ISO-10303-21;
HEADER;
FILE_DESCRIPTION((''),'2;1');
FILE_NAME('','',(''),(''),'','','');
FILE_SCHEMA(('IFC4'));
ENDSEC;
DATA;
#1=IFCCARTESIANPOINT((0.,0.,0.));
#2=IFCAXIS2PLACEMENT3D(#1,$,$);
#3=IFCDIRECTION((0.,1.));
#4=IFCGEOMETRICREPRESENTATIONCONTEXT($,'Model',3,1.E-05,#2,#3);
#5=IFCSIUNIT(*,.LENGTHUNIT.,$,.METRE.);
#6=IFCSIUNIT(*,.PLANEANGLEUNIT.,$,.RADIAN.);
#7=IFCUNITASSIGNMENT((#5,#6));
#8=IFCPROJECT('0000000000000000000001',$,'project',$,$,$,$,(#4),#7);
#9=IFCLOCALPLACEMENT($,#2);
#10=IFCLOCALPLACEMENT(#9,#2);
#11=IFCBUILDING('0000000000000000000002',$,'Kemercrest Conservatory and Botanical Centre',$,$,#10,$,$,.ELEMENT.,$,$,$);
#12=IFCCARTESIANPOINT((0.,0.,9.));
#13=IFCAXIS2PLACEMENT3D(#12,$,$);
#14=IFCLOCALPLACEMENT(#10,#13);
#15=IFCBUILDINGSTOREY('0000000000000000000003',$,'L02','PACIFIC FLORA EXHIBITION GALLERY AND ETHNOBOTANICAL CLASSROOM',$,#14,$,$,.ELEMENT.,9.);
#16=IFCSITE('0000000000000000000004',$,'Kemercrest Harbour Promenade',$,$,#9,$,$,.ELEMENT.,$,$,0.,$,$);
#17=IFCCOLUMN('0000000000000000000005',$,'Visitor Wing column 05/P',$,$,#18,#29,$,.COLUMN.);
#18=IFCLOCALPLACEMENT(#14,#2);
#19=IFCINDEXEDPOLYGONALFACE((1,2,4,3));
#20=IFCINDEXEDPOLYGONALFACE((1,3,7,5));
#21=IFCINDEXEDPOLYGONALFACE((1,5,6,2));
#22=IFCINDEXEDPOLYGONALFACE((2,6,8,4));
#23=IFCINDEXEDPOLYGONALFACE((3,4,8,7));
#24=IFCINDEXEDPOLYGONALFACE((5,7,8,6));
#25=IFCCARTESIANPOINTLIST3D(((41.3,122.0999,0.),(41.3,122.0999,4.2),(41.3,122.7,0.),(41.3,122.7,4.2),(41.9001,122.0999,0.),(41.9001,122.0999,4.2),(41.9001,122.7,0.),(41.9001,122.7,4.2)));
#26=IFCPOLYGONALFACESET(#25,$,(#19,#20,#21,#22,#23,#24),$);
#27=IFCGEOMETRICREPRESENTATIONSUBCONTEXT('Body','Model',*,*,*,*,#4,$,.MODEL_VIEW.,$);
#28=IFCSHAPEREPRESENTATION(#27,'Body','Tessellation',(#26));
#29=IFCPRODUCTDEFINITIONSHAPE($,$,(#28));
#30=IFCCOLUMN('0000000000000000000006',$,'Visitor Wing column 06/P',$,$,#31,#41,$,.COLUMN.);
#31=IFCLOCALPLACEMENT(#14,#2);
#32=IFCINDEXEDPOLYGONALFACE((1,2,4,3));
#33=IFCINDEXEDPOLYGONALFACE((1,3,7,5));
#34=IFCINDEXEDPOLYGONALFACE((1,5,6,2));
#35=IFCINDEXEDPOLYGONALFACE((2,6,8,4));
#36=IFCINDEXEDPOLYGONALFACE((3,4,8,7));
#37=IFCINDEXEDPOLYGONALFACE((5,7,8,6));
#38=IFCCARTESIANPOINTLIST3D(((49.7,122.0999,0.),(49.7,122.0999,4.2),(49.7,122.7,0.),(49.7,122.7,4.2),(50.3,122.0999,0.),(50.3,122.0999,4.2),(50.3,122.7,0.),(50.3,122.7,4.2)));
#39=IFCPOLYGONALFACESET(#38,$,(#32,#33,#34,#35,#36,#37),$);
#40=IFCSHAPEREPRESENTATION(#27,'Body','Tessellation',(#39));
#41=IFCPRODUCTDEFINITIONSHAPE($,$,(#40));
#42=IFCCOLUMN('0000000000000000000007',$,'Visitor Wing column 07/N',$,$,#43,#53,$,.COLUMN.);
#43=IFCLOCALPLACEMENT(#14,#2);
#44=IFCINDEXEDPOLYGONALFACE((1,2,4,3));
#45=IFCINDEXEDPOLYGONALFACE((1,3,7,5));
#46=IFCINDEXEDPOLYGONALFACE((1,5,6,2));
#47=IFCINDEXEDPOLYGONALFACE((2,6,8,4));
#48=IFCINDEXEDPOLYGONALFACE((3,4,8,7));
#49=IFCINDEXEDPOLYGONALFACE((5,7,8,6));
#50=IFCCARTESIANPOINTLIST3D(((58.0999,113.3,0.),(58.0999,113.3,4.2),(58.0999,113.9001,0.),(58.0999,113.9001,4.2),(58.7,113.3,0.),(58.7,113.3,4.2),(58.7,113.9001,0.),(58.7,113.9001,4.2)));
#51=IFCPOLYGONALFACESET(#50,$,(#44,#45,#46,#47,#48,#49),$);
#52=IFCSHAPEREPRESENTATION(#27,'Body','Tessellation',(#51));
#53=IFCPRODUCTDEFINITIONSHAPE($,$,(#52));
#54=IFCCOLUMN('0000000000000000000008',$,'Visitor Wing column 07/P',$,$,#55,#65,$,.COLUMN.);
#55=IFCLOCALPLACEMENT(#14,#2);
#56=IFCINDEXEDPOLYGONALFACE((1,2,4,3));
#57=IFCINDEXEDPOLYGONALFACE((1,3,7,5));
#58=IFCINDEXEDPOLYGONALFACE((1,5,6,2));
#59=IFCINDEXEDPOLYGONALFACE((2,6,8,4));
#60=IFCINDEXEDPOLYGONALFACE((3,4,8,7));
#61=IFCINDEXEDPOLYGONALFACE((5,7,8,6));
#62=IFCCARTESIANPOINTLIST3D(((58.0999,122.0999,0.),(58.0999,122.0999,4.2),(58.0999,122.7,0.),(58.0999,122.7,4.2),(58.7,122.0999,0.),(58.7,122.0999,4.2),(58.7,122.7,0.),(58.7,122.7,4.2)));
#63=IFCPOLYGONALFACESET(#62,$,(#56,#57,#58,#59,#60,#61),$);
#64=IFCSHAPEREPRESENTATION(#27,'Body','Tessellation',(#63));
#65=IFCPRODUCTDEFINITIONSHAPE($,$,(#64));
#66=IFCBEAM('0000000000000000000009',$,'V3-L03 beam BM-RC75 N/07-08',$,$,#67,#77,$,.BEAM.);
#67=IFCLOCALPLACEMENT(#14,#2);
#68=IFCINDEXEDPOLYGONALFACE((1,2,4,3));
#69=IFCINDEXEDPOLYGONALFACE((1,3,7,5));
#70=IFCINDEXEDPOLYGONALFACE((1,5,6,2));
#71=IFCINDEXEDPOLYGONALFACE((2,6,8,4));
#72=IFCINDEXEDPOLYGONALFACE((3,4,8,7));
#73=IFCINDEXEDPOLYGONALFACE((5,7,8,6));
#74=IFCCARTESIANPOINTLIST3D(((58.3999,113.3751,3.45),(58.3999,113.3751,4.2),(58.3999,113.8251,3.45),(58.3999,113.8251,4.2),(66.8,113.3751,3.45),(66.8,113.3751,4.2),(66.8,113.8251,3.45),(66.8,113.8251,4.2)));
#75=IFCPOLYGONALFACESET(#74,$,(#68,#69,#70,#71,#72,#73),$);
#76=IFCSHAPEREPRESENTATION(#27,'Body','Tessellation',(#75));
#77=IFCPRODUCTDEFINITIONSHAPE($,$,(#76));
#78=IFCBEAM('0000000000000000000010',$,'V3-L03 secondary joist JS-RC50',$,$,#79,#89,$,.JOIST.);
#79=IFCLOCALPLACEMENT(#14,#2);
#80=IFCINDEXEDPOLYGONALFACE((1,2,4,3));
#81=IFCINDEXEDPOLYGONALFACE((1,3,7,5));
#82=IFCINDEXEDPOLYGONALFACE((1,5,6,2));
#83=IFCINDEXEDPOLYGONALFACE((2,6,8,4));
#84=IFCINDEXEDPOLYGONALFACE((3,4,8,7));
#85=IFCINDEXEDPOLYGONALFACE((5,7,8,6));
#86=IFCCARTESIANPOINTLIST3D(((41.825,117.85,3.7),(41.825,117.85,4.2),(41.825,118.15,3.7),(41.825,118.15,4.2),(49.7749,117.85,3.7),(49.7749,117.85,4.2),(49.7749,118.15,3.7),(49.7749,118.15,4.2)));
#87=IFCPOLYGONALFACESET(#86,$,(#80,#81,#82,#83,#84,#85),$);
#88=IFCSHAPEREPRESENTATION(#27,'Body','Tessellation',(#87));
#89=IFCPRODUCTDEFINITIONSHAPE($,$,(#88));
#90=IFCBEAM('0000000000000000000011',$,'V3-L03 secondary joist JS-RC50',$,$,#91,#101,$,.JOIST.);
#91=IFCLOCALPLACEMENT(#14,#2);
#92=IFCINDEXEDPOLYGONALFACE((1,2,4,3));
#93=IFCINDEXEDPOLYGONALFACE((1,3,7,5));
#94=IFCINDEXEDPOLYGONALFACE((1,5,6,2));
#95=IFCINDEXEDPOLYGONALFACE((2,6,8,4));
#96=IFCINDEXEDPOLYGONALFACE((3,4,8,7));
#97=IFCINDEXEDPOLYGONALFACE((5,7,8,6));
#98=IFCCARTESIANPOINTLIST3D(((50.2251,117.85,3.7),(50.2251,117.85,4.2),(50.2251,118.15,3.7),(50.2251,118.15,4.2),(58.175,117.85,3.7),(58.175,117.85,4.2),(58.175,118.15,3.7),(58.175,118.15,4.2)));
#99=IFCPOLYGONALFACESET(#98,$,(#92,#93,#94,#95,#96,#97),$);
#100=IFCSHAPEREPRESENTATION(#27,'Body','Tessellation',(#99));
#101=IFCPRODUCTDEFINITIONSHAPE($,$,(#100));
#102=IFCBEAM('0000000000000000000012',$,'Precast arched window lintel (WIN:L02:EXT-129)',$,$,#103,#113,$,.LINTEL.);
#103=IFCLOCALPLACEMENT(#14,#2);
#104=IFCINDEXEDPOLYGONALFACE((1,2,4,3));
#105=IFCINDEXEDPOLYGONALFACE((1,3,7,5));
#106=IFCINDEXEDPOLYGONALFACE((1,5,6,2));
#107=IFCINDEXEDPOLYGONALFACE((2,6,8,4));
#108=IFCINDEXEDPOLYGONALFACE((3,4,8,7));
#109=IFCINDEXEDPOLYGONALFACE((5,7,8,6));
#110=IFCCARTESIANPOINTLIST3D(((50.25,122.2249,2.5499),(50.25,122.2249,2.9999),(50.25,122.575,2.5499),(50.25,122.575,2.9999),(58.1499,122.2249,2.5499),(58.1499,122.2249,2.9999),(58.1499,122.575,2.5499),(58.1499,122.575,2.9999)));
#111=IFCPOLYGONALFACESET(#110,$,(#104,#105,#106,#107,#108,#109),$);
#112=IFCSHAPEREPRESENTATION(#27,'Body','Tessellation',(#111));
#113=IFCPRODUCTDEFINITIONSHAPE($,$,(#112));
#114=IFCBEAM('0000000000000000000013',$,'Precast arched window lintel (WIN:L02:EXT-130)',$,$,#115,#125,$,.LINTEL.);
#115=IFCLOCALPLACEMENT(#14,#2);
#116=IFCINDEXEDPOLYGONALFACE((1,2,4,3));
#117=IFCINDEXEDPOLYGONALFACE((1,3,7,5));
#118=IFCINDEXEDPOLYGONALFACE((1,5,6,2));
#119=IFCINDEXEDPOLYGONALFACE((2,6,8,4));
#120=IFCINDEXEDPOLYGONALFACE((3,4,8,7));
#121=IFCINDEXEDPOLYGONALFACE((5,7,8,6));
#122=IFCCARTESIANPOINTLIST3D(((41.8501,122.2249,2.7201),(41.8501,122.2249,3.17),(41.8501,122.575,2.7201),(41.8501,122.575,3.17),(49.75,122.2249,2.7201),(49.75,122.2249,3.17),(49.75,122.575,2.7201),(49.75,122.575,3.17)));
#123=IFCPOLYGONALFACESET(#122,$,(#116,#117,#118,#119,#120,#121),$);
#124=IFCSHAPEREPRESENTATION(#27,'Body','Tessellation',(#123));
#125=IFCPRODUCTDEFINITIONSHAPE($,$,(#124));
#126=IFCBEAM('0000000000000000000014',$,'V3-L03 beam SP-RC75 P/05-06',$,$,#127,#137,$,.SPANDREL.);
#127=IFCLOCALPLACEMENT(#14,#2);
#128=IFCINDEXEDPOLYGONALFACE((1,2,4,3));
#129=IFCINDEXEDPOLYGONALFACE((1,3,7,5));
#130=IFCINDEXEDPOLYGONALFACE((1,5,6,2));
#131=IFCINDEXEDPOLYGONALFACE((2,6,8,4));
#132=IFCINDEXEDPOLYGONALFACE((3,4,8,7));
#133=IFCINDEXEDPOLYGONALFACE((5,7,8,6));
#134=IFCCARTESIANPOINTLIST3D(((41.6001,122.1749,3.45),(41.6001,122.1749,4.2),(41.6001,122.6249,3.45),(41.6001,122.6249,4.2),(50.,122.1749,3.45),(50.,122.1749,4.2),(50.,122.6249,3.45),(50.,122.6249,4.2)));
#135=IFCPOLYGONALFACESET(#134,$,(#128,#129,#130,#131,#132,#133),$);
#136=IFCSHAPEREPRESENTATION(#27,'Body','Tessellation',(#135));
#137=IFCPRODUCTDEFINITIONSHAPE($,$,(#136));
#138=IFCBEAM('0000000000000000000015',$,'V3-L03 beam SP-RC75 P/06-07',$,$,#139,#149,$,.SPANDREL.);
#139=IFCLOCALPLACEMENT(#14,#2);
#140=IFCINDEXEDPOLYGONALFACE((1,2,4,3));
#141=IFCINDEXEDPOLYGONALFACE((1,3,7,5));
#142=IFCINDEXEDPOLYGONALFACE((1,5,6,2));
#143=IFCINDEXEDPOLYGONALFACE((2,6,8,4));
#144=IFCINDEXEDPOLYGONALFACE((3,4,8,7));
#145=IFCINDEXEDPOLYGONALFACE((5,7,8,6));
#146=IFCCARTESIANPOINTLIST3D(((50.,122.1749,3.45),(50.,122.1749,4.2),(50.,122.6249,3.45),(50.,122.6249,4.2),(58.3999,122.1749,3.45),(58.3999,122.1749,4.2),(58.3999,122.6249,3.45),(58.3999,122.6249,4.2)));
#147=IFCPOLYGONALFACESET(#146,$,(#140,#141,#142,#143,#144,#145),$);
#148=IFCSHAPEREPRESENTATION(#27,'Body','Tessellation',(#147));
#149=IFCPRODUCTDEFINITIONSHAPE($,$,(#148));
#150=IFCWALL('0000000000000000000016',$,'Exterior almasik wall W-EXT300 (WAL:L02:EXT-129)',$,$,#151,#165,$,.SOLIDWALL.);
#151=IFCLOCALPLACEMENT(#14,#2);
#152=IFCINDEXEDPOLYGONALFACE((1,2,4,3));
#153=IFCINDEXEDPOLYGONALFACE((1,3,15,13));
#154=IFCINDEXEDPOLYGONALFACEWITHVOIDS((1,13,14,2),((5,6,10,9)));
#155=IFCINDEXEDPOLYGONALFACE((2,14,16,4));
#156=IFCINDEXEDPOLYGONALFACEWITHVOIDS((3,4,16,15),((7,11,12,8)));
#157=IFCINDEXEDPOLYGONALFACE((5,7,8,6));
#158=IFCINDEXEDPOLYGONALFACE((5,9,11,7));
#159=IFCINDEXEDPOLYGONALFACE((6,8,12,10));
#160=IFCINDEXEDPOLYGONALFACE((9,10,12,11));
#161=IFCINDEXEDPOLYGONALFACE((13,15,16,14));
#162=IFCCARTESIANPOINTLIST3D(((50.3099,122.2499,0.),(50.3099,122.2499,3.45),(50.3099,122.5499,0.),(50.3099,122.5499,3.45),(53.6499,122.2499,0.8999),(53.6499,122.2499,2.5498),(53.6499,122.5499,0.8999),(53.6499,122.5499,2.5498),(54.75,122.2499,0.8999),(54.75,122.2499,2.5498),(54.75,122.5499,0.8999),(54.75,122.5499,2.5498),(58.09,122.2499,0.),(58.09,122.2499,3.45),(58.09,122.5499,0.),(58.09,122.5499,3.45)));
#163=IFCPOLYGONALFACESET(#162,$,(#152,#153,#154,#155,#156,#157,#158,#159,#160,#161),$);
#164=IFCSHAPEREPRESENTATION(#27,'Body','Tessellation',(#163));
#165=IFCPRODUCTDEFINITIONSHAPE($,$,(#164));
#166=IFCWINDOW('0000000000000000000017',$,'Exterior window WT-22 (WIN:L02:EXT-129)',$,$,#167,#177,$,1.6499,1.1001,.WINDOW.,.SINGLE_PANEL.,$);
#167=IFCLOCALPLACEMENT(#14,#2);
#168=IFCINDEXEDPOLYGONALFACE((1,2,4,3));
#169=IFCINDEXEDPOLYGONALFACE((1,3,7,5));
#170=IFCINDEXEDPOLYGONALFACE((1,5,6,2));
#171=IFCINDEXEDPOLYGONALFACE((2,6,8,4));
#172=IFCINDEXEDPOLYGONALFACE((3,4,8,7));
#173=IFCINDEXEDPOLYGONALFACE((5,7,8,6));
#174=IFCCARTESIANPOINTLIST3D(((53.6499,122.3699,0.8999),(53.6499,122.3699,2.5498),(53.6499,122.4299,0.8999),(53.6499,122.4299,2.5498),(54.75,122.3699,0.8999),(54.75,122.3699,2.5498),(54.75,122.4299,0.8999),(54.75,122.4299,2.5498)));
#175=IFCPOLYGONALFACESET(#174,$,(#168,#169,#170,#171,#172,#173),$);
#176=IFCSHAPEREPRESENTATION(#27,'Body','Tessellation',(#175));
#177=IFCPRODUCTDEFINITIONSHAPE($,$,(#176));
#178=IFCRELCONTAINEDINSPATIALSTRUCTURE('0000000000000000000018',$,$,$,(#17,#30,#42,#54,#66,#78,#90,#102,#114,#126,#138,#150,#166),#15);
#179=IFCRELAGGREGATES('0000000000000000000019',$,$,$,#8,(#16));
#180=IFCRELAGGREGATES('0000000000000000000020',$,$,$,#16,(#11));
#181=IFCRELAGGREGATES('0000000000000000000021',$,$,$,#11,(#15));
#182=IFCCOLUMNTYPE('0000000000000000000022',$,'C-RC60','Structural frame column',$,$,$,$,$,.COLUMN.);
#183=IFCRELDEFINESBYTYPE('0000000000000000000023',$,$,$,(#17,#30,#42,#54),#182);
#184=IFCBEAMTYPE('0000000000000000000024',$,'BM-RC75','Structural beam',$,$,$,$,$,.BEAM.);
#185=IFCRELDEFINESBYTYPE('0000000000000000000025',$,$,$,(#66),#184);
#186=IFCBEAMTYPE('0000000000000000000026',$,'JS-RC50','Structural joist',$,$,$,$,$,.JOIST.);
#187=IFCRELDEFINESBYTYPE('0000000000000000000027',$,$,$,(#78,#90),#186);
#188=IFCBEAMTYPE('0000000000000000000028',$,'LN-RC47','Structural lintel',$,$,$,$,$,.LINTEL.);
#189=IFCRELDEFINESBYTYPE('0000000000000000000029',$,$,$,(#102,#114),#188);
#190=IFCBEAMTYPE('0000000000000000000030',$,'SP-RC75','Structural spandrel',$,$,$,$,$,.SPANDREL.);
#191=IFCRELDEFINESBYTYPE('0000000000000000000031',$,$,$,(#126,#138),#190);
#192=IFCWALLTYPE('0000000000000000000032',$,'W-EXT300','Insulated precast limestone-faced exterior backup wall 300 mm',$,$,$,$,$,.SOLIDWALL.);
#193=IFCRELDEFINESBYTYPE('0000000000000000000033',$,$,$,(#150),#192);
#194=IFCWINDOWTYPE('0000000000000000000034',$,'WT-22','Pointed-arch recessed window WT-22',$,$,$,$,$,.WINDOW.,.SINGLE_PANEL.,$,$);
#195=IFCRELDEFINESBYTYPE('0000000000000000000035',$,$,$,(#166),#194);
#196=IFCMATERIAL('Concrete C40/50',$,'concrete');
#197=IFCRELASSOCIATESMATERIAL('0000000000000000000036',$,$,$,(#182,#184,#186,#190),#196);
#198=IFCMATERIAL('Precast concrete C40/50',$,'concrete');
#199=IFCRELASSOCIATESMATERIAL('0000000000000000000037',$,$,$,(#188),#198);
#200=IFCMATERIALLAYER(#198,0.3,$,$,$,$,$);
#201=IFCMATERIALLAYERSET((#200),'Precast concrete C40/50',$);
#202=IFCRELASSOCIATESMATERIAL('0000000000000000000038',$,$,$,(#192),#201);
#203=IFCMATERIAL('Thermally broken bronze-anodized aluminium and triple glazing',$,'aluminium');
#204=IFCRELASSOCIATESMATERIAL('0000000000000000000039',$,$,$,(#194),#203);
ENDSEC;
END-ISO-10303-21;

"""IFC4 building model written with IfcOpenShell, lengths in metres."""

from ifc_helpers import new_model, si_unit, direction, frame, frame_2d, origin, origin_2d, place, context, subcontext, project, spatial, rectangle, extrude, material, layer, layer_set, material_profile, profile_set, type_object, element, fill, save


model = new_model("IFC4")

# Units and contexts
model_context = context("Model", 3, precision=1e-05, world=origin(), true_north=direction((0.0, 1.0)))
body_context = subcontext(model_context, "Body", "Model", "MODEL_VIEW")
ifc_project = project(units=[si_unit("LENGTHUNIT", "METRE"), si_unit("PLANEANGLEUNIT", "RADIAN")], contexts=[model_context])

# Site, building, storey
site_placement = place(None, origin())
site = spatial("IfcSite", under=ifc_project, at=site_placement, Name="Kemercrest Harbour Promenade", CompositionType="ELEMENT", RefElevation=0.0)
building_placement = place(site_placement, origin())
building = spatial("IfcBuilding", under=site, at=building_placement, Name="Kemercrest Conservatory and Botanical Centre", CompositionType="ELEMENT")
storey_placement = place(building_placement, frame((0.0, 0.0, 9.0)))
storey = spatial("IfcBuildingStorey", under=building, at=storey_placement, Name="L02", Description="PACIFIC FLORA EXHIBITION GALLERY AND ETHNOBOTANICAL CLASSROOM", CompositionType="ELEMENT", Elevation=9.0)

# Columns
ifc_material_1 = material(Name="Concrete C40/50", Category="concrete")
ifc_material_profile_1 = material_profile(ifc_material_1, rectangle(XDim=0.6001, YDim=0.6001, at=origin_2d()), Name="RC 600x600")
ifc_profile_set_1 = profile_set([ifc_material_profile_1], Name="Concrete C40/50")
column_type = type_object("IfcColumnType", Name="C-RC60", Description="Structural frame column", PredefinedType="COLUMN", material=ifc_profile_set_1)
for number, where, z_axis, x_axis, name in (
    (1, (41.6001, 122.3999, 0.0), (0.0, 0.0, 1.0), (1.0, 0.0, 0.0), "Visitor Wing column 05/P"),
    (2, (50.0, 122.3999, 0.0), (0.0, 0.0, 1.0), (1.0, 0.0, 0.0), "Visitor Wing column 06/P"),
    (3, (58.3999, 113.6001, 0.0), (0.0, 0.0, 1.0), (1.0, 0.0, 0.0), "Visitor Wing column 07/N"),
    (4, (58.3999, 122.3999, 0.0), (0.0, 0.0, 1.0), (1.0, 0.0, 0.0), "Visitor Wing column 07/P"),
):
    element("IfcColumn", number, at=place(storey_placement, frame(where, z_axis=z_axis, x_axis=x_axis)), inside=storey, type_object=column_type, Name=name, PredefinedType="COLUMN", context=body_context, shape_type="SweptSolid", body=[
        extrude(rectangle(XDim=0.6001, YDim=0.6001, at=origin_2d()), origin(), (0.0, 0.0, 1.0), 4.2),
    ])

# Beams
ifc_material_profile_2 = material_profile(ifc_material_1, rectangle(XDim=0.45, YDim=0.75, at=origin_2d()), Name="RC 450x750")
ifc_profile_set_2 = profile_set([ifc_material_profile_2], Name="Concrete C40/50")
beam_type_1 = type_object("IfcBeamType", Name="BM-RC75", Description="Structural beam", PredefinedType="BEAM", material=ifc_profile_set_2)
beam_placement = place(storey_placement, frame((58.3999, 113.6001, 3.825), z_axis=(1.0, 0.0, 0.0), x_axis=(0.0, 1.0, 0.0)))
element("IfcBeam", 5, at=beam_placement, inside=storey, type_object=beam_type_1, Name="V3-L03 beam BM-RC75 N/07-08", PredefinedType="BEAM", context=body_context, shape_type="SweptSolid", body=[
    extrude(rectangle(XDim=0.45, YDim=0.75, at=origin_2d()), origin(), (0.0, 0.0, 1.0), 8.4001),
])
ifc_material_profile_3 = material_profile(ifc_material_1, rectangle(XDim=0.3, YDim=0.5, at=origin_2d()), Name="RC 300x500")
ifc_profile_set_3 = profile_set([ifc_material_profile_3], Name="Concrete C40/50")
beam_type_2 = type_object("IfcBeamType", Name="JS-RC50", Description="Structural joist", PredefinedType="JOIST", material=ifc_profile_set_3)
for number, where, z_axis, x_axis, name in (
    (6, (41.825, 118.0, 3.95), (1.0, 0.0, 0.0), (0.0, 1.0, 0.0), "V3-L03 secondary joist JS-RC50"),
    (7, (50.2251, 118.0, 3.95), (1.0, 0.0, 0.0), (0.0, 1.0, 0.0), "V3-L03 secondary joist JS-RC50"),
):
    element("IfcBeam", number, at=place(storey_placement, frame(where, z_axis=z_axis, x_axis=x_axis)), inside=storey, type_object=beam_type_2, Name=name, PredefinedType="JOIST", context=body_context, shape_type="SweptSolid", body=[
        extrude(rectangle(XDim=0.3, YDim=0.5, at=origin_2d()), origin(), (0.0, 0.0, 1.0), 7.95),
    ])
ifc_material_2 = material(Name="Precast concrete C40/50", Category="concrete")
ifc_material_profile_4 = material_profile(ifc_material_2, rectangle(XDim=0.3501, YDim=0.45, at=origin_2d()), Name="RC 350x450")
ifc_profile_set_4 = profile_set([ifc_material_profile_4], Name="Precast concrete C40/50")
beam_type_3 = type_object("IfcBeamType", Name="LN-RC47", Description="Structural lintel", PredefinedType="LINTEL", material=ifc_profile_set_4)
for number, where, z_axis, x_axis, name in (
    (8, (58.1499, 122.3999, 2.7749), (-1.0, 0.0, 0.0), (0.0, -1.0, 0.0), "Precast arched window lintel (WIN:L02:EXT-129)"),
    (9, (49.75, 122.3999, 2.9451), (-1.0, 0.0, 0.0), (0.0, -1.0, 0.0), "Precast arched window lintel (WIN:L02:EXT-130)"),
):
    element("IfcBeam", number, at=place(storey_placement, frame(where, z_axis=z_axis, x_axis=x_axis)), inside=storey, type_object=beam_type_3, Name=name, PredefinedType="LINTEL", context=body_context, shape_type="SweptSolid", body=[
        extrude(rectangle(XDim=0.3501, YDim=0.45, at=origin_2d()), origin(), (0.0, 0.0, 1.0), 7.8999),
    ])
ifc_material_profile_5 = material_profile(ifc_material_1, rectangle(XDim=0.45, YDim=0.75, at=origin_2d()), Name="RC 450x750")
ifc_profile_set_5 = profile_set([ifc_material_profile_5], Name="Concrete C40/50")
beam_type_4 = type_object("IfcBeamType", Name="SP-RC75", Description="Structural spandrel", PredefinedType="SPANDREL", material=ifc_profile_set_5)
for number, where, z_axis, x_axis, name in (
    (10, (41.6001, 122.3999, 3.825), (1.0, 0.0, 0.0), (0.0, 1.0, 0.0), "V3-L03 beam SP-RC75 P/05-06"),
    (11, (50.0, 122.3999, 3.825), (1.0, 0.0, 0.0), (0.0, 1.0, 0.0), "V3-L03 beam SP-RC75 P/06-07"),
):
    element("IfcBeam", number, at=place(storey_placement, frame(where, z_axis=z_axis, x_axis=x_axis)), inside=storey, type_object=beam_type_4, Name=name, PredefinedType="SPANDREL", context=body_context, shape_type="SweptSolid", body=[
        extrude(rectangle(XDim=0.45, YDim=0.75, at=origin_2d()), origin(), (0.0, 0.0, 1.0), 8.3999),
    ])

# Wall, opening, window
ifc_layer_1 = layer(ifc_material_2, 0.3)
ifc_layer_set_1 = layer_set([ifc_layer_1], Name="Precast concrete C40/50")
wall_type_1 = type_object("IfcWallType", Name="W-EXT300", Description="Insulated precast limestone-faced exterior backup wall 300 mm", PredefinedType="SOLIDWALL", material=ifc_layer_set_1)
wall_1_placement = place(storey_placement, frame((58.0901, 122.3999, 0.0), z_axis=(0.0, 0.0, 1.0), x_axis=(-1.0, 0.0, 0.0)))
wall_1 = element("IfcWall", 12, at=wall_1_placement, inside=storey, type_object=wall_type_1, Name="Exterior almasik wall W-EXT300 (WAL:L02:EXT-129)", PredefinedType="SOLIDWALL", context=body_context, shape_type="SweptSolid", body=[
    extrude(rectangle(XDim=7.78, YDim=0.3, at=frame_2d((3.8901, 0.0))), origin(), (0.0, 0.0, 1.0), 3.45),
])
opening_1_placement = place(wall_1_placement, frame((3.3401, 0.0, 0.8999)))
opening_1 = element("IfcOpeningElement", 13, at=opening_1_placement, cuts=wall_1, PredefinedType="OPENING", context=body_context, shape_type="SweptSolid", body=[
    extrude(rectangle(XDim=1.1001, YDim=1.6499, at=frame_2d((0.55, 0.825))), frame((0.0, 0.1602, 0.0), z_axis=(0.0, -1.0, 0.0), x_axis=(1.0, 0.0, 0.0)), (0.0, 0.0, 1.0), 0.3201),
])
ifc_material_3 = material(Name="Thermally broken bronze-anodized aluminium and triple glazing", Category="aluminium")
window_type_1 = type_object("IfcWindowType", Name="WT-22", Description="Pointed-arch recessed window WT-22", PartitioningType="SINGLE_PANEL", PredefinedType="WINDOW", material=ifc_material_3)
window_1_placement = place(opening_1_placement, origin())
window_1 = element("IfcWindow", 14, at=window_1_placement, inside=storey, type_object=window_type_1, Name="Exterior window WT-22 (WIN:L02:EXT-129)", OverallHeight=1.6499, OverallWidth=1.1001, PartitioningType="SINGLE_PANEL", PredefinedType="WINDOW", context=body_context, shape_type="SweptSolid", body=[
    extrude(rectangle(XDim=1.1001, YDim=1.6499, at=frame_2d((0.55, 0.825))), frame((0.0, 0.03, 0.0), z_axis=(0.0, -1.0, 0.0), x_axis=(1.0, 0.0, 0.0)), (0.0, 0.0, 1.0), 0.0601),
])
fill(opening_1, window_1)

save(model, "model.ifc")
